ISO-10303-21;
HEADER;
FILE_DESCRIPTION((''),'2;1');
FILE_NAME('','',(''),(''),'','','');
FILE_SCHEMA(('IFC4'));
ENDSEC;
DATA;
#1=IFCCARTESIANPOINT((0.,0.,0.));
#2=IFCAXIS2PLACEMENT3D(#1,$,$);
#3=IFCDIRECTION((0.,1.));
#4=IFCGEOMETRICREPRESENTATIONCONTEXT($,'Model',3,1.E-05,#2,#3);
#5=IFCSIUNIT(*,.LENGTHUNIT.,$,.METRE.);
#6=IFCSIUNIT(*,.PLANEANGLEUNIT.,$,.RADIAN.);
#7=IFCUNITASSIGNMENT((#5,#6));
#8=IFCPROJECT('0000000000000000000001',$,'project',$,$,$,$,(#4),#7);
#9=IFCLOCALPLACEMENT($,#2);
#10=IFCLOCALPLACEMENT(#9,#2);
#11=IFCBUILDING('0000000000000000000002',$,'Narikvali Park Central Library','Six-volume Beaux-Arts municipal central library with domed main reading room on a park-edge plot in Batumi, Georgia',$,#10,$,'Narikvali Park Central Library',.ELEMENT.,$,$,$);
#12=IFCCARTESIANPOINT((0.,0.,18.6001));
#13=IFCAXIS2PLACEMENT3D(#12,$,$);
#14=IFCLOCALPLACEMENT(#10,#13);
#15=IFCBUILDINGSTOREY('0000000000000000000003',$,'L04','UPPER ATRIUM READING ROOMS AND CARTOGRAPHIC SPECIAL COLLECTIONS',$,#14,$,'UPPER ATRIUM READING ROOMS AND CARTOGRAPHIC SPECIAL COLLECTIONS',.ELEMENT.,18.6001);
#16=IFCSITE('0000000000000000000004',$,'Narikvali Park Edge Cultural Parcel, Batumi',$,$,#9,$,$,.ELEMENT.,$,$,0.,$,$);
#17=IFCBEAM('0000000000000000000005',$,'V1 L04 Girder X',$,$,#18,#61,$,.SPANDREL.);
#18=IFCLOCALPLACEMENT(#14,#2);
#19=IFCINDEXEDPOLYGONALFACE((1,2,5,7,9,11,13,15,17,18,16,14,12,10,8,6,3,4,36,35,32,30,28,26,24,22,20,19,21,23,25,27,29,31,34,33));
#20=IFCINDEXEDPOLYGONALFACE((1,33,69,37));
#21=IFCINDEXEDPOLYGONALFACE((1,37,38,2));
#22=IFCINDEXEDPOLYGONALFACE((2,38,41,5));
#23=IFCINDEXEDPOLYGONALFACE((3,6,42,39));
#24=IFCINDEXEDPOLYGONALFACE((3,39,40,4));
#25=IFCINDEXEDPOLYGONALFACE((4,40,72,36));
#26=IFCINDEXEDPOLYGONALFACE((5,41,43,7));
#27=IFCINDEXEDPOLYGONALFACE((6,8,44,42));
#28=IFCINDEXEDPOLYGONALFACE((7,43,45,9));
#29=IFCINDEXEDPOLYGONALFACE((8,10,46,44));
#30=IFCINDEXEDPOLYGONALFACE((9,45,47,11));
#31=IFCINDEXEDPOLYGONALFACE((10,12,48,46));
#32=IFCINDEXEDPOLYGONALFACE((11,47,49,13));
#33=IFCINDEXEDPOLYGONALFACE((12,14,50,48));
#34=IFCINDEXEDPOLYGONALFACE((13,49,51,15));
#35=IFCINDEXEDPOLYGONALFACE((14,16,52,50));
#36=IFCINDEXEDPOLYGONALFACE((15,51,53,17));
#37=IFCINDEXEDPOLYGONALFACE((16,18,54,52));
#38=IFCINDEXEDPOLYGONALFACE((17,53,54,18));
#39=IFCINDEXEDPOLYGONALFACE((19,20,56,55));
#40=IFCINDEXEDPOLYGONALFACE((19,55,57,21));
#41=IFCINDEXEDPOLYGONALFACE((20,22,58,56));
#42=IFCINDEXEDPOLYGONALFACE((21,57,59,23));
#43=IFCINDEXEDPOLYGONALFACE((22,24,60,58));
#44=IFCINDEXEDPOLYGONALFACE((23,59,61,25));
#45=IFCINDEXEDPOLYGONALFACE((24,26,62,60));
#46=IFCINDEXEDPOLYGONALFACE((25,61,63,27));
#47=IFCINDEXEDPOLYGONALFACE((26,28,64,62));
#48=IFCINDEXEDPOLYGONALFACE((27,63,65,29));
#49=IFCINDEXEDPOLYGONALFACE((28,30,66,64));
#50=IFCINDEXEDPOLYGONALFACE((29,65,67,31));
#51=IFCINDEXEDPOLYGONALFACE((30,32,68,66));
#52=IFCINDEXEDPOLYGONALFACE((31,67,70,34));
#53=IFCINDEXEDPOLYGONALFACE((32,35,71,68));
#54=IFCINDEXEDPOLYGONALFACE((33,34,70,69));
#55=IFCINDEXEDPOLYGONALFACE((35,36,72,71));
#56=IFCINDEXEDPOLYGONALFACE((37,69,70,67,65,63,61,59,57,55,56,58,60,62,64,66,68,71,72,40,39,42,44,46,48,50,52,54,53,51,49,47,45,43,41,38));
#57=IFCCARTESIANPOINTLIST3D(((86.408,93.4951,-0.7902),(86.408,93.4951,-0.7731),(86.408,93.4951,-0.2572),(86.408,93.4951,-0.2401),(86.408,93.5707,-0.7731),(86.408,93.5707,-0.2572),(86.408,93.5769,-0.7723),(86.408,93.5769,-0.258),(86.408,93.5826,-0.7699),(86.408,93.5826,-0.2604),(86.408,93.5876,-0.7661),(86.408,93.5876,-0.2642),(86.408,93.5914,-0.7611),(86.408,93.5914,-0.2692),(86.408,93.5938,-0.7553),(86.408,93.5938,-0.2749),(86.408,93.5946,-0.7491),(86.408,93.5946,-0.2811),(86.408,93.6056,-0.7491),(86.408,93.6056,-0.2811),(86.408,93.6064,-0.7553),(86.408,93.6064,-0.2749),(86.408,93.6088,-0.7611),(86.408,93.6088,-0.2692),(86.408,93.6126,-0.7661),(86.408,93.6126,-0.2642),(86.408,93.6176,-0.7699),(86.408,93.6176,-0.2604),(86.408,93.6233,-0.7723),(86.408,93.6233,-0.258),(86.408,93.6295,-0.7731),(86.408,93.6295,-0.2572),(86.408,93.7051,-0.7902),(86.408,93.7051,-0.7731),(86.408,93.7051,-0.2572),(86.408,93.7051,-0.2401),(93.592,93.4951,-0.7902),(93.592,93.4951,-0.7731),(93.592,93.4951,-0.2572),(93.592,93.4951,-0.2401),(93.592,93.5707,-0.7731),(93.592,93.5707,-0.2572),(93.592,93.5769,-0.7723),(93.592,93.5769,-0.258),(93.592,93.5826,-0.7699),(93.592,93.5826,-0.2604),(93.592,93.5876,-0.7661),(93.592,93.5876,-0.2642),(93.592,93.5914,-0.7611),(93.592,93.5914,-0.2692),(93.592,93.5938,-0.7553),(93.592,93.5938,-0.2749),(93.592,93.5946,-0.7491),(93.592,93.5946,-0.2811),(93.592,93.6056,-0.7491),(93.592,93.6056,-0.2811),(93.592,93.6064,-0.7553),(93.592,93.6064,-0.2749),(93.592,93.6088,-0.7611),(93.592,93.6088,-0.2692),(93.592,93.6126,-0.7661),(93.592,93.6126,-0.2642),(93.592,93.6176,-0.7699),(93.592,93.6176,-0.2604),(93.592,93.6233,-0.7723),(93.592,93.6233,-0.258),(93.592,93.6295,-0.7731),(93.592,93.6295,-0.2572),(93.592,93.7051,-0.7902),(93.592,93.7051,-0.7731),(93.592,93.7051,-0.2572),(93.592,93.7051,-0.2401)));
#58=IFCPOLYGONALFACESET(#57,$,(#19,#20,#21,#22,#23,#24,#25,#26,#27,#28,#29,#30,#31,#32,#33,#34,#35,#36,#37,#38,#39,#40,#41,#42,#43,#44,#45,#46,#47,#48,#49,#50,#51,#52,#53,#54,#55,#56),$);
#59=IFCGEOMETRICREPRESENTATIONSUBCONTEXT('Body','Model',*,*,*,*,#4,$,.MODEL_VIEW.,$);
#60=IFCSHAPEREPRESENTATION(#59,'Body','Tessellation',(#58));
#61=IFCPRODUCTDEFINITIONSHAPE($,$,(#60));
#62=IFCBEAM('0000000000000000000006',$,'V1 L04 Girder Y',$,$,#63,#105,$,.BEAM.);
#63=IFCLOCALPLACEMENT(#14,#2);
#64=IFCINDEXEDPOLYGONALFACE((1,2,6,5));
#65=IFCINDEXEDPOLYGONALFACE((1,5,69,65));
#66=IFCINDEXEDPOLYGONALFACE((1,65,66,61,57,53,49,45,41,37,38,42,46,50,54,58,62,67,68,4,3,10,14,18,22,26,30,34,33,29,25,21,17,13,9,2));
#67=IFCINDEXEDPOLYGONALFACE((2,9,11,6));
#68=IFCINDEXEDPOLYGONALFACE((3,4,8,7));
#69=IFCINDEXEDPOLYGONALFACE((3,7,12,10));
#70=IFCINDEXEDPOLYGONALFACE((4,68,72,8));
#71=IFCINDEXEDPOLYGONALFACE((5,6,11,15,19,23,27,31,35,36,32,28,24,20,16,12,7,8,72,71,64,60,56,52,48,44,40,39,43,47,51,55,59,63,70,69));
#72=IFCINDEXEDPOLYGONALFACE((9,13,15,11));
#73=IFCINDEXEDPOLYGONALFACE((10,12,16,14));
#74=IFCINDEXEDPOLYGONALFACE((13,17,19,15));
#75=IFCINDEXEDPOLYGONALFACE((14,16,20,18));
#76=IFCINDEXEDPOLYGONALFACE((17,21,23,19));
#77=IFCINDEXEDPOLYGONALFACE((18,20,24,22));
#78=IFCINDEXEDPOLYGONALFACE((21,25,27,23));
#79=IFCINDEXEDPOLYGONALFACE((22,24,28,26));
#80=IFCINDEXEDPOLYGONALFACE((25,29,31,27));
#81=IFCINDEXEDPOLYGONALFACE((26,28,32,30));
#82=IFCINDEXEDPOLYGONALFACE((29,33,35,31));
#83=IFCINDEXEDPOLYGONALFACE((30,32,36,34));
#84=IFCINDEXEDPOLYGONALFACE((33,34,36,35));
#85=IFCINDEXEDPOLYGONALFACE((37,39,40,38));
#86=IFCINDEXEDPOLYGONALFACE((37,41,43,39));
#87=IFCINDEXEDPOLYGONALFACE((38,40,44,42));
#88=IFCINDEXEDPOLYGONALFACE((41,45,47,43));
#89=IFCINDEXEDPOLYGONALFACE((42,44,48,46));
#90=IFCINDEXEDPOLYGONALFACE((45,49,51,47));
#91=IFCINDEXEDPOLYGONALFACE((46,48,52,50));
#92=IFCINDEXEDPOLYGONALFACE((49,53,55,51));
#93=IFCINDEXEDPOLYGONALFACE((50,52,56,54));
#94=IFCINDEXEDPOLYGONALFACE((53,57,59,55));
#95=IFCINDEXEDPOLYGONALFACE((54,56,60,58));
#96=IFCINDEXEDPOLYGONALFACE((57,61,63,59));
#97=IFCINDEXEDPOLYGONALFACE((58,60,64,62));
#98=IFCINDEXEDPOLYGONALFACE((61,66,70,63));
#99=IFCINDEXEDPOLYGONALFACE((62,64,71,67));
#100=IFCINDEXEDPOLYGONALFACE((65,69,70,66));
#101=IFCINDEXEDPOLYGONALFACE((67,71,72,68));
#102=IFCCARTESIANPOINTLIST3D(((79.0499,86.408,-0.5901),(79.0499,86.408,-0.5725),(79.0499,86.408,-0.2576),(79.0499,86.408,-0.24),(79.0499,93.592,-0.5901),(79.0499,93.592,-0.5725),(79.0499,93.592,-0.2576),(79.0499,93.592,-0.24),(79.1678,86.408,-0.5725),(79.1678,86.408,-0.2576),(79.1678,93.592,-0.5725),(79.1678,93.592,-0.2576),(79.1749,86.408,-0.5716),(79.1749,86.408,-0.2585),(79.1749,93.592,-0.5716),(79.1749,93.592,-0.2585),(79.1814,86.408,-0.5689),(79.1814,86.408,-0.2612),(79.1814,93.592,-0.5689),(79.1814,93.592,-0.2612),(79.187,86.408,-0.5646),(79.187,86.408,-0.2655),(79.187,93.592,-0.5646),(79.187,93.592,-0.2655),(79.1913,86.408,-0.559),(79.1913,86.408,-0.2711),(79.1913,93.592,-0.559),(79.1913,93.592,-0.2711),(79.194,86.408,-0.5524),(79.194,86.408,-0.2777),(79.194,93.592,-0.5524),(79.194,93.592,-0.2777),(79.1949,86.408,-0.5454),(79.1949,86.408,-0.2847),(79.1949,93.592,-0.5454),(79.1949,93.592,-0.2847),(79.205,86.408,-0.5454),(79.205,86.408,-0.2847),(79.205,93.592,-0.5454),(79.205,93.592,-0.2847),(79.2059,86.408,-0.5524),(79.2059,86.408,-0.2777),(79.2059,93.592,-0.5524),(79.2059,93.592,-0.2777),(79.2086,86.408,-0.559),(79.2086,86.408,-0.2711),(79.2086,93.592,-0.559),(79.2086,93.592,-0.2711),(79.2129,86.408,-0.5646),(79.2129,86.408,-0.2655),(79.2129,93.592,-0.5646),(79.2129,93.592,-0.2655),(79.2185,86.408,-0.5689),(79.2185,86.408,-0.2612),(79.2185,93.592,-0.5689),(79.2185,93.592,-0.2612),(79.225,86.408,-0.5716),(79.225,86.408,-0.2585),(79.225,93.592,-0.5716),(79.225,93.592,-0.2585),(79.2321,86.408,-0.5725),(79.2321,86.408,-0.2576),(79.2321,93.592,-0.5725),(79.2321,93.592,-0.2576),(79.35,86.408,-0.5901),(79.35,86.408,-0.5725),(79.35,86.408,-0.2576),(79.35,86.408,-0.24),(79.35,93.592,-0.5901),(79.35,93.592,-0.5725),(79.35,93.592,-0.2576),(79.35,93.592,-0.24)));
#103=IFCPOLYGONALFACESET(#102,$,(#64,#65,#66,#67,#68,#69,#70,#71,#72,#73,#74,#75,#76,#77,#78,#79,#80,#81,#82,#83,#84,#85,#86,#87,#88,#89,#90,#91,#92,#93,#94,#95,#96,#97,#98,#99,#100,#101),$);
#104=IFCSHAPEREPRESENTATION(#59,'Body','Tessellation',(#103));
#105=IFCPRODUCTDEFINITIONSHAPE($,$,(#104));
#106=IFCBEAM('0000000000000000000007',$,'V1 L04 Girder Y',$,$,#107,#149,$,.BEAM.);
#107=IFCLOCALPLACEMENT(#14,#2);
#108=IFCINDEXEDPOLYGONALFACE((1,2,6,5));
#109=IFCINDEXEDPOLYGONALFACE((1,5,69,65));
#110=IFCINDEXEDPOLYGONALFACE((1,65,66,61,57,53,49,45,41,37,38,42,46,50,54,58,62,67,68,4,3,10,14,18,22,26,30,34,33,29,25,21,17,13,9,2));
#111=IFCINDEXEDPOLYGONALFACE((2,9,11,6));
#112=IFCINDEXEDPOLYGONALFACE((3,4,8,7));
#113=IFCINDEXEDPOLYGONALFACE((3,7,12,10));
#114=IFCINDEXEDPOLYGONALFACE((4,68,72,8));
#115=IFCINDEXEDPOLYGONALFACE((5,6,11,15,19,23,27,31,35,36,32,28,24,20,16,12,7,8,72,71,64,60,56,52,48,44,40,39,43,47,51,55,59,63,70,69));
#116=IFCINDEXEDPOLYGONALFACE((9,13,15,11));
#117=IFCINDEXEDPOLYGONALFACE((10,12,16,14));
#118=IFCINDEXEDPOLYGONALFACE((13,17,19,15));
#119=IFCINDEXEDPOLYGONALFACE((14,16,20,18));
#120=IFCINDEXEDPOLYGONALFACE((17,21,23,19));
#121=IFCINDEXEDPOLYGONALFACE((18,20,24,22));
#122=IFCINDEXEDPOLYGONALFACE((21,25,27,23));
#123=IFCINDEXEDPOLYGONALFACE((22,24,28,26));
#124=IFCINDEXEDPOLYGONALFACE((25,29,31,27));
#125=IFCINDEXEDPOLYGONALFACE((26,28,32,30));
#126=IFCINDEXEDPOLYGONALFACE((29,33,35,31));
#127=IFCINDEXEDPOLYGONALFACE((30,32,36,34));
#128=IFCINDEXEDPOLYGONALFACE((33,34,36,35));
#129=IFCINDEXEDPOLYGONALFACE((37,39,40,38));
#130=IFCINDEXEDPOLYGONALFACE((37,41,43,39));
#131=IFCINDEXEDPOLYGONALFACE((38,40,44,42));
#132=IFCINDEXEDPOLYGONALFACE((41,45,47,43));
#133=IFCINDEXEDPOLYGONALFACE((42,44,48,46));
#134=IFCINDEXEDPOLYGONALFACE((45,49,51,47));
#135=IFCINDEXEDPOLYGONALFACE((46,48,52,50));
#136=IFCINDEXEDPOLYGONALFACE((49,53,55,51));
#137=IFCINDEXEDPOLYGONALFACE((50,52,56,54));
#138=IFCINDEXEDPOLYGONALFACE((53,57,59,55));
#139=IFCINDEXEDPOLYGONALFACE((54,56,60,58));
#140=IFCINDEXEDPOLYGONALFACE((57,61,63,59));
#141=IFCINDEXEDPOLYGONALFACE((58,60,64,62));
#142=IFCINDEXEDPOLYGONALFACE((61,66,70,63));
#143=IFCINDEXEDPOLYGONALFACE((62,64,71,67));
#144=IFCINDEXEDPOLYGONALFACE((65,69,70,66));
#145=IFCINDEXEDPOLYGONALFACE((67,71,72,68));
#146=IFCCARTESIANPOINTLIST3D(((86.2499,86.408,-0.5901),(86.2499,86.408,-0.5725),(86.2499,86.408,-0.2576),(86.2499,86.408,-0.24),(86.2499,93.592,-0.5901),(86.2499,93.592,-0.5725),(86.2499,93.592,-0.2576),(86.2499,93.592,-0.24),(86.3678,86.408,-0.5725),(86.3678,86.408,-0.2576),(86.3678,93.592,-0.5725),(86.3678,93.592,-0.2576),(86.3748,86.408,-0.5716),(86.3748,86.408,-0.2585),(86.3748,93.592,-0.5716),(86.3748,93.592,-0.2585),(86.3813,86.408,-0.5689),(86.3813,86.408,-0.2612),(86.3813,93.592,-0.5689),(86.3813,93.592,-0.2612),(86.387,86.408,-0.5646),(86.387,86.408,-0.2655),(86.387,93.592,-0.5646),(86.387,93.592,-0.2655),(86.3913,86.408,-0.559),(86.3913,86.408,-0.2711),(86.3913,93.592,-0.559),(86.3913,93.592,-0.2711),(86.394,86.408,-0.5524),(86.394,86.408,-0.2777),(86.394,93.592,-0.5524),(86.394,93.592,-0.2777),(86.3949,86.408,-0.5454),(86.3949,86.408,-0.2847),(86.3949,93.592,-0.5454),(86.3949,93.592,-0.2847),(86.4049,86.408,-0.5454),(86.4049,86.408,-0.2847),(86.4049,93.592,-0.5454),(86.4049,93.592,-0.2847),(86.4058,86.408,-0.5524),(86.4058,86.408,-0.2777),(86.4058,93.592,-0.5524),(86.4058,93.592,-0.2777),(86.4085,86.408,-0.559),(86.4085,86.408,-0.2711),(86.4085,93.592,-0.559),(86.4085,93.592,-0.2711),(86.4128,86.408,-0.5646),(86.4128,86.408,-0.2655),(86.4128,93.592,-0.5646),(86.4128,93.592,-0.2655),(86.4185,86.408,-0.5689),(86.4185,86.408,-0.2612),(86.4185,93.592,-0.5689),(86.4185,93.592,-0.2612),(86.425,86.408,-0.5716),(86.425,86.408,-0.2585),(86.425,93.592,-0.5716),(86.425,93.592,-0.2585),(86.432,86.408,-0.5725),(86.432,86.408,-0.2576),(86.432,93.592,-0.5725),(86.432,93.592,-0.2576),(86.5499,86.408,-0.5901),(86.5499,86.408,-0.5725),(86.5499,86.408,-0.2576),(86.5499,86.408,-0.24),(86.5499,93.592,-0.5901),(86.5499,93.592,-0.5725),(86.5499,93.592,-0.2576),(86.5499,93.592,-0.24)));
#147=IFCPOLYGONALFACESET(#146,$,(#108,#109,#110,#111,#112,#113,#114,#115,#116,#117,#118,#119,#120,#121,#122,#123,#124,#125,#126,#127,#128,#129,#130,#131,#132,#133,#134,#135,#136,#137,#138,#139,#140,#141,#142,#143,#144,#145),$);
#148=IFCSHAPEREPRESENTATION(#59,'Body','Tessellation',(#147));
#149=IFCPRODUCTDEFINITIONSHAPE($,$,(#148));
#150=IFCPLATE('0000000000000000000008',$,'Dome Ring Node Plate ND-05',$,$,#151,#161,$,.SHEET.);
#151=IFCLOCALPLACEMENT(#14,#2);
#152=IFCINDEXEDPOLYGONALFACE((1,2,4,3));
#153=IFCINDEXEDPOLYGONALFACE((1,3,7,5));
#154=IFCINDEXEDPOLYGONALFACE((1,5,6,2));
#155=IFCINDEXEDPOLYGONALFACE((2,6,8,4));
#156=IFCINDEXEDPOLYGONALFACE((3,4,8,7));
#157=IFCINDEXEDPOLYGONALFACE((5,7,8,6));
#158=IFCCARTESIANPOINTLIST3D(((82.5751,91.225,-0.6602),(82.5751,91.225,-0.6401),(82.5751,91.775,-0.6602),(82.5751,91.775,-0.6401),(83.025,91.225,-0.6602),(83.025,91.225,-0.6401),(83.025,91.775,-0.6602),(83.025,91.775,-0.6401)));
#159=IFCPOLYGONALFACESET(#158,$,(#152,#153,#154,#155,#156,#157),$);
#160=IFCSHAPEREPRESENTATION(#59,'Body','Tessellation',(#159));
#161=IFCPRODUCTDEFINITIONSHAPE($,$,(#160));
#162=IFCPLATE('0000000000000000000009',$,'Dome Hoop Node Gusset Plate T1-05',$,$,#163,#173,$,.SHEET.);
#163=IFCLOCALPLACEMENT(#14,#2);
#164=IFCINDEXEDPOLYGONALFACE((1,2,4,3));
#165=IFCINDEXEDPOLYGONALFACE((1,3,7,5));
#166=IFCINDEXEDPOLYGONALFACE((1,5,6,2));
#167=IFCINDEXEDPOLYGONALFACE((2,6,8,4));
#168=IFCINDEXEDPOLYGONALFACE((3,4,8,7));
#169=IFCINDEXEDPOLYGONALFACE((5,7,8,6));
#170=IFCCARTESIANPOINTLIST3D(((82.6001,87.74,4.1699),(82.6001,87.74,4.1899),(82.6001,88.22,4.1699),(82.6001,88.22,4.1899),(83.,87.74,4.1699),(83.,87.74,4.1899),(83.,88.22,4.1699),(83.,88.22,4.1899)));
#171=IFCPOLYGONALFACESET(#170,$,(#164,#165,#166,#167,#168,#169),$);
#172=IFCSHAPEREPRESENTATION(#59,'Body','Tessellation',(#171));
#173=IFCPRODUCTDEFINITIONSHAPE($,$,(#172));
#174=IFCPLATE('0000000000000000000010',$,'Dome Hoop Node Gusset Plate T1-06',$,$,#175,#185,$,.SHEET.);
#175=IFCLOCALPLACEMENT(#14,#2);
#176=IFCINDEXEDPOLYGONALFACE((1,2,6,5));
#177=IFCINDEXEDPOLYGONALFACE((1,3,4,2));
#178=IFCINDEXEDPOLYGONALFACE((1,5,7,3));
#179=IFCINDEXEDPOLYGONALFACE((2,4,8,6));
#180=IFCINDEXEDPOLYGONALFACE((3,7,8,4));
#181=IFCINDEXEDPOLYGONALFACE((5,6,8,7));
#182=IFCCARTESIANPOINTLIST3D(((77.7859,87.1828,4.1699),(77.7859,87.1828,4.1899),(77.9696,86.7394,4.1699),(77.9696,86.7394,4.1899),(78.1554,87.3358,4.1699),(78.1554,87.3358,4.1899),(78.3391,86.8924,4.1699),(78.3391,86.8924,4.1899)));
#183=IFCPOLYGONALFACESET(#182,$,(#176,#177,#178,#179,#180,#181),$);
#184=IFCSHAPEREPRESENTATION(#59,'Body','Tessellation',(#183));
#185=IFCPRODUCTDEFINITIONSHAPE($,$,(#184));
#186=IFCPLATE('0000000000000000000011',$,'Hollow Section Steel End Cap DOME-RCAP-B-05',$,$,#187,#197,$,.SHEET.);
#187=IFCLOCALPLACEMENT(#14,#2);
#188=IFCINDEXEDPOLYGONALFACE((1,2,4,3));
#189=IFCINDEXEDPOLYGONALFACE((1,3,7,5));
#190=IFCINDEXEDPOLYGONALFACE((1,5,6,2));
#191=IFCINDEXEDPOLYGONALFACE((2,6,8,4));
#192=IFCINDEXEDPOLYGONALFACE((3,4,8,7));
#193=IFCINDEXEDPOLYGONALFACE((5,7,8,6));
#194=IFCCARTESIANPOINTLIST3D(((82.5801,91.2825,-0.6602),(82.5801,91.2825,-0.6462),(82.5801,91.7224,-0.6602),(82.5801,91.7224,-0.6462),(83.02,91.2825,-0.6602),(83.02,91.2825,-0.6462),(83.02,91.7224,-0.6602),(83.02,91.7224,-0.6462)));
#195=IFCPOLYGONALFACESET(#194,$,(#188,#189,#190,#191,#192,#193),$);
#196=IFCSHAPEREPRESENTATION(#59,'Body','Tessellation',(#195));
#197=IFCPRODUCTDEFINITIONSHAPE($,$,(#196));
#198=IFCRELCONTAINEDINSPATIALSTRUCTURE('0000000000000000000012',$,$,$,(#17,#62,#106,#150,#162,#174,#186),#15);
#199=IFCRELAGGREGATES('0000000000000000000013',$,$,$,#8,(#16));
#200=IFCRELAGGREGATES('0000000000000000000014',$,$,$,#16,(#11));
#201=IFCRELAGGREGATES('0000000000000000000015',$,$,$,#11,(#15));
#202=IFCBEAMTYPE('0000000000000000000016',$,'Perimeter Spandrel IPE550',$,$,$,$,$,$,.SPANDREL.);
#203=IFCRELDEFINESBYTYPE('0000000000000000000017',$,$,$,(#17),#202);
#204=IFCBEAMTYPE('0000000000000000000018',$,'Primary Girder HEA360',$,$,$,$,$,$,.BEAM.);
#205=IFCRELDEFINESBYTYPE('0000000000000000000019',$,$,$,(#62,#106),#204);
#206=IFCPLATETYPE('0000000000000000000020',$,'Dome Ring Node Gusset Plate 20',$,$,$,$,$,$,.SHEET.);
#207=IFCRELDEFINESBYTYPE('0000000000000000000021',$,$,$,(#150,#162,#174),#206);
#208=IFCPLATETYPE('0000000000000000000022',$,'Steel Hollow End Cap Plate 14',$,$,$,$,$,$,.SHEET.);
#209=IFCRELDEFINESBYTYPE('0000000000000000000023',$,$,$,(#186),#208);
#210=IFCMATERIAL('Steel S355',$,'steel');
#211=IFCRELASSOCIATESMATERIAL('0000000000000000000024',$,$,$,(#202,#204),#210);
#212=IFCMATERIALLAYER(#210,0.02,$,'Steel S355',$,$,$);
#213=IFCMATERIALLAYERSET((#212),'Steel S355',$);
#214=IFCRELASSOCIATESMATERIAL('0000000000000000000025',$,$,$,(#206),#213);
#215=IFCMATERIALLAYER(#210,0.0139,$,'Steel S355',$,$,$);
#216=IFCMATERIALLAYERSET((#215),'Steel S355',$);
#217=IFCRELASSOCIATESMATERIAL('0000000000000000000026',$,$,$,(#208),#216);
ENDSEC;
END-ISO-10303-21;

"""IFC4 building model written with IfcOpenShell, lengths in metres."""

from ifc_helpers import new_model, si_unit, direction, frame, origin, origin_2d, place, context, subcontext, project, spatial, rectangle, i_section, extrude, material, layer, layer_set, material_profile, profile_set, type_object, element, save


model = new_model("IFC4")

# Units and contexts
model_context = context("Model", 3, precision=1e-05, world=origin(), true_north=direction((0.0, 1.0)))
body_context = subcontext(model_context, "Body", "Model", "MODEL_VIEW")
ifc_project = project(units=[si_unit("LENGTHUNIT", "METRE"), si_unit("PLANEANGLEUNIT", "RADIAN")], contexts=[model_context])

# Site, building, storey
site_placement = place(None, origin())
site = spatial("IfcSite", under=ifc_project, at=site_placement, Name="Narikvali Park Edge Cultural Parcel, Batumi", CompositionType="ELEMENT", RefElevation=0.0)
building_placement = place(site_placement, origin())
building = spatial("IfcBuilding", under=site, at=building_placement, Name="Narikvali Park Central Library", Description="Six-volume Beaux-Arts municipal central library with domed main reading room on a park-edge plot in Batumi, Georgia", LongName="Narikvali Park Central Library", CompositionType="ELEMENT")
storey_placement = place(building_placement, frame((0.0, 0.0, 18.6001)))
storey = spatial("IfcBuildingStorey", under=building, at=storey_placement, Name="L04", Description="UPPER ATRIUM READING ROOMS AND CARTOGRAPHIC SPECIAL COLLECTIONS", LongName="UPPER ATRIUM READING ROOMS AND CARTOGRAPHIC SPECIAL COLLECTIONS", CompositionType="ELEMENT", Elevation=18.6001)

# Shared definitions
ifc_material_1 = material(Name="Steel S355", Category="steel")

# Beams
ifc_material_profile_1 = material_profile(ifc_material_1, i_section(OverallWidth=0.21, OverallDepth=0.55, WebThickness=0.011, FlangeThickness=0.0171, FilletRadius=0.0239, at=origin_2d()), Name="IPE 550")
ifc_profile_set_1 = profile_set([ifc_material_profile_1], Name="Steel S355")
beam_type_1 = type_object("IfcBeamType", Name="Perimeter Spandrel IPE550", PredefinedType="SPANDREL", material=ifc_profile_set_1)
for number, where, z_axis, x_axis, name in (
    (1, (86.408, 93.6001, -0.5151), (1.0, 0.0, 0.0), (0.0, 1.0, 0.0), "V1 L04 Girder X"),
):
    element("IfcBeam", number, at=place(storey_placement, frame(where, z_axis=z_axis, x_axis=x_axis)), inside=storey, type_object=beam_type_1, Name=name, PredefinedType="SPANDREL", context=body_context, shape_type="SweptSolid", body=[
        extrude(i_section(OverallWidth=0.21, OverallDepth=0.55, WebThickness=0.011, FlangeThickness=0.0171, FilletRadius=0.0239, at=origin_2d()), origin(), (0.0, 0.0, 1.0), 7.1841),
    ])
ifc_material_profile_2 = material_profile(ifc_material_1, i_section(OverallWidth=0.3, OverallDepth=0.3501, WebThickness=0.01, FlangeThickness=0.0176, FilletRadius=0.0271, at=origin_2d()), Name="HEA 360")
ifc_profile_set_2 = profile_set([ifc_material_profile_2], Name="Steel S355")
beam_type_2 = type_object("IfcBeamType", Name="Primary Girder HEA360", PredefinedType="BEAM", material=ifc_profile_set_2)
for number, where, z_axis, x_axis, name in (
    (2, (79.2, 86.408, -0.415), (0.0, 1.0, 0.0), (-1.0, 0.0, 0.0), "V1 L04 Girder Y"),
    (3, (86.3999, 86.408, -0.415), (0.0, 1.0, 0.0), (-1.0, 0.0, 0.0), "V1 L04 Girder Y"),
):
    element("IfcBeam", number, at=place(storey_placement, frame(where, z_axis=z_axis, x_axis=x_axis)), inside=storey, type_object=beam_type_2, Name=name, PredefinedType="BEAM", context=body_context, shape_type="SweptSolid", body=[
        extrude(i_section(OverallWidth=0.3, OverallDepth=0.3501, WebThickness=0.01, FlangeThickness=0.0176, FilletRadius=0.0271, at=origin_2d()), origin(), (0.0, 0.0, 1.0), 7.1841),
    ])

# Plates
ifc_layer_1 = layer(ifc_material_1, 0.02, Name="Steel S355")
ifc_layer_set_1 = layer_set([ifc_layer_1], Name="Steel S355")
plate_type_1 = type_object("IfcPlateType", Name="Dome Ring Node Gusset Plate 20", PredefinedType="SHEET", material=ifc_layer_set_1)
plate_1_placement = place(storey_placement, frame((82.8, 91.5, -0.6602), z_axis=(0.0, 0.0, 1.0), x_axis=(0.0, 1.0, 0.0)))
element("IfcPlate", 4, at=plate_1_placement, inside=storey, type_object=plate_type_1, Name="Dome Ring Node Plate ND-05", PredefinedType="SHEET", context=body_context, shape_type="SweptSolid", body=[
    extrude(rectangle(XDim=0.55, YDim=0.45, at=origin_2d()), origin(), (0.0, 0.0, 1.0), 0.02),
])
for number, where, z_axis, x_axis, name in (
    (5, (82.8, 87.98, 4.1699), (0.0, 0.0, 1.0), (0.0, 1.0, 0.0), "Dome Hoop Node Gusset Plate T1-05"),
    (6, (78.0625, 87.0376, 4.1699), (0.0, 0.0, 1.0), (-0.382683, 0.92388, 0.0), "Dome Hoop Node Gusset Plate T1-06"),
):
    element("IfcPlate", number, at=place(storey_placement, frame(where, z_axis=z_axis, x_axis=x_axis)), inside=storey, type_object=plate_type_1, Name=name, PredefinedType="SHEET", context=body_context, shape_type="SweptSolid", body=[
        extrude(rectangle(XDim=0.48, YDim=0.3999, at=origin_2d()), origin(), (0.0, 0.0, 1.0), 0.02),
    ])
ifc_layer_2 = layer(ifc_material_1, 0.0139, Name="Steel S355")
ifc_layer_set_2 = layer_set([ifc_layer_2], Name="Steel S355")
plate_type_2 = type_object("IfcPlateType", Name="Steel Hollow End Cap Plate 14", PredefinedType="SHEET", material=ifc_layer_set_2)
plate_2_placement = place(storey_placement, frame((82.8, 91.5024, -0.6602), z_axis=(0.0, 0.0, 1.0), x_axis=(1.0, 0.0, 0.0)))
element("IfcPlate", 7, at=plate_2_placement, inside=storey, type_object=plate_type_2, Name="Hollow Section Steel End Cap DOME-RCAP-B-05", PredefinedType="SHEET", context=body_context, shape_type="SweptSolid", body=[
    extrude(rectangle(XDim=0.4399, YDim=0.4399, at=origin_2d()), origin(), (0.0, 0.0, 1.0), 0.0139),
])

save(model, "model.ifc")
